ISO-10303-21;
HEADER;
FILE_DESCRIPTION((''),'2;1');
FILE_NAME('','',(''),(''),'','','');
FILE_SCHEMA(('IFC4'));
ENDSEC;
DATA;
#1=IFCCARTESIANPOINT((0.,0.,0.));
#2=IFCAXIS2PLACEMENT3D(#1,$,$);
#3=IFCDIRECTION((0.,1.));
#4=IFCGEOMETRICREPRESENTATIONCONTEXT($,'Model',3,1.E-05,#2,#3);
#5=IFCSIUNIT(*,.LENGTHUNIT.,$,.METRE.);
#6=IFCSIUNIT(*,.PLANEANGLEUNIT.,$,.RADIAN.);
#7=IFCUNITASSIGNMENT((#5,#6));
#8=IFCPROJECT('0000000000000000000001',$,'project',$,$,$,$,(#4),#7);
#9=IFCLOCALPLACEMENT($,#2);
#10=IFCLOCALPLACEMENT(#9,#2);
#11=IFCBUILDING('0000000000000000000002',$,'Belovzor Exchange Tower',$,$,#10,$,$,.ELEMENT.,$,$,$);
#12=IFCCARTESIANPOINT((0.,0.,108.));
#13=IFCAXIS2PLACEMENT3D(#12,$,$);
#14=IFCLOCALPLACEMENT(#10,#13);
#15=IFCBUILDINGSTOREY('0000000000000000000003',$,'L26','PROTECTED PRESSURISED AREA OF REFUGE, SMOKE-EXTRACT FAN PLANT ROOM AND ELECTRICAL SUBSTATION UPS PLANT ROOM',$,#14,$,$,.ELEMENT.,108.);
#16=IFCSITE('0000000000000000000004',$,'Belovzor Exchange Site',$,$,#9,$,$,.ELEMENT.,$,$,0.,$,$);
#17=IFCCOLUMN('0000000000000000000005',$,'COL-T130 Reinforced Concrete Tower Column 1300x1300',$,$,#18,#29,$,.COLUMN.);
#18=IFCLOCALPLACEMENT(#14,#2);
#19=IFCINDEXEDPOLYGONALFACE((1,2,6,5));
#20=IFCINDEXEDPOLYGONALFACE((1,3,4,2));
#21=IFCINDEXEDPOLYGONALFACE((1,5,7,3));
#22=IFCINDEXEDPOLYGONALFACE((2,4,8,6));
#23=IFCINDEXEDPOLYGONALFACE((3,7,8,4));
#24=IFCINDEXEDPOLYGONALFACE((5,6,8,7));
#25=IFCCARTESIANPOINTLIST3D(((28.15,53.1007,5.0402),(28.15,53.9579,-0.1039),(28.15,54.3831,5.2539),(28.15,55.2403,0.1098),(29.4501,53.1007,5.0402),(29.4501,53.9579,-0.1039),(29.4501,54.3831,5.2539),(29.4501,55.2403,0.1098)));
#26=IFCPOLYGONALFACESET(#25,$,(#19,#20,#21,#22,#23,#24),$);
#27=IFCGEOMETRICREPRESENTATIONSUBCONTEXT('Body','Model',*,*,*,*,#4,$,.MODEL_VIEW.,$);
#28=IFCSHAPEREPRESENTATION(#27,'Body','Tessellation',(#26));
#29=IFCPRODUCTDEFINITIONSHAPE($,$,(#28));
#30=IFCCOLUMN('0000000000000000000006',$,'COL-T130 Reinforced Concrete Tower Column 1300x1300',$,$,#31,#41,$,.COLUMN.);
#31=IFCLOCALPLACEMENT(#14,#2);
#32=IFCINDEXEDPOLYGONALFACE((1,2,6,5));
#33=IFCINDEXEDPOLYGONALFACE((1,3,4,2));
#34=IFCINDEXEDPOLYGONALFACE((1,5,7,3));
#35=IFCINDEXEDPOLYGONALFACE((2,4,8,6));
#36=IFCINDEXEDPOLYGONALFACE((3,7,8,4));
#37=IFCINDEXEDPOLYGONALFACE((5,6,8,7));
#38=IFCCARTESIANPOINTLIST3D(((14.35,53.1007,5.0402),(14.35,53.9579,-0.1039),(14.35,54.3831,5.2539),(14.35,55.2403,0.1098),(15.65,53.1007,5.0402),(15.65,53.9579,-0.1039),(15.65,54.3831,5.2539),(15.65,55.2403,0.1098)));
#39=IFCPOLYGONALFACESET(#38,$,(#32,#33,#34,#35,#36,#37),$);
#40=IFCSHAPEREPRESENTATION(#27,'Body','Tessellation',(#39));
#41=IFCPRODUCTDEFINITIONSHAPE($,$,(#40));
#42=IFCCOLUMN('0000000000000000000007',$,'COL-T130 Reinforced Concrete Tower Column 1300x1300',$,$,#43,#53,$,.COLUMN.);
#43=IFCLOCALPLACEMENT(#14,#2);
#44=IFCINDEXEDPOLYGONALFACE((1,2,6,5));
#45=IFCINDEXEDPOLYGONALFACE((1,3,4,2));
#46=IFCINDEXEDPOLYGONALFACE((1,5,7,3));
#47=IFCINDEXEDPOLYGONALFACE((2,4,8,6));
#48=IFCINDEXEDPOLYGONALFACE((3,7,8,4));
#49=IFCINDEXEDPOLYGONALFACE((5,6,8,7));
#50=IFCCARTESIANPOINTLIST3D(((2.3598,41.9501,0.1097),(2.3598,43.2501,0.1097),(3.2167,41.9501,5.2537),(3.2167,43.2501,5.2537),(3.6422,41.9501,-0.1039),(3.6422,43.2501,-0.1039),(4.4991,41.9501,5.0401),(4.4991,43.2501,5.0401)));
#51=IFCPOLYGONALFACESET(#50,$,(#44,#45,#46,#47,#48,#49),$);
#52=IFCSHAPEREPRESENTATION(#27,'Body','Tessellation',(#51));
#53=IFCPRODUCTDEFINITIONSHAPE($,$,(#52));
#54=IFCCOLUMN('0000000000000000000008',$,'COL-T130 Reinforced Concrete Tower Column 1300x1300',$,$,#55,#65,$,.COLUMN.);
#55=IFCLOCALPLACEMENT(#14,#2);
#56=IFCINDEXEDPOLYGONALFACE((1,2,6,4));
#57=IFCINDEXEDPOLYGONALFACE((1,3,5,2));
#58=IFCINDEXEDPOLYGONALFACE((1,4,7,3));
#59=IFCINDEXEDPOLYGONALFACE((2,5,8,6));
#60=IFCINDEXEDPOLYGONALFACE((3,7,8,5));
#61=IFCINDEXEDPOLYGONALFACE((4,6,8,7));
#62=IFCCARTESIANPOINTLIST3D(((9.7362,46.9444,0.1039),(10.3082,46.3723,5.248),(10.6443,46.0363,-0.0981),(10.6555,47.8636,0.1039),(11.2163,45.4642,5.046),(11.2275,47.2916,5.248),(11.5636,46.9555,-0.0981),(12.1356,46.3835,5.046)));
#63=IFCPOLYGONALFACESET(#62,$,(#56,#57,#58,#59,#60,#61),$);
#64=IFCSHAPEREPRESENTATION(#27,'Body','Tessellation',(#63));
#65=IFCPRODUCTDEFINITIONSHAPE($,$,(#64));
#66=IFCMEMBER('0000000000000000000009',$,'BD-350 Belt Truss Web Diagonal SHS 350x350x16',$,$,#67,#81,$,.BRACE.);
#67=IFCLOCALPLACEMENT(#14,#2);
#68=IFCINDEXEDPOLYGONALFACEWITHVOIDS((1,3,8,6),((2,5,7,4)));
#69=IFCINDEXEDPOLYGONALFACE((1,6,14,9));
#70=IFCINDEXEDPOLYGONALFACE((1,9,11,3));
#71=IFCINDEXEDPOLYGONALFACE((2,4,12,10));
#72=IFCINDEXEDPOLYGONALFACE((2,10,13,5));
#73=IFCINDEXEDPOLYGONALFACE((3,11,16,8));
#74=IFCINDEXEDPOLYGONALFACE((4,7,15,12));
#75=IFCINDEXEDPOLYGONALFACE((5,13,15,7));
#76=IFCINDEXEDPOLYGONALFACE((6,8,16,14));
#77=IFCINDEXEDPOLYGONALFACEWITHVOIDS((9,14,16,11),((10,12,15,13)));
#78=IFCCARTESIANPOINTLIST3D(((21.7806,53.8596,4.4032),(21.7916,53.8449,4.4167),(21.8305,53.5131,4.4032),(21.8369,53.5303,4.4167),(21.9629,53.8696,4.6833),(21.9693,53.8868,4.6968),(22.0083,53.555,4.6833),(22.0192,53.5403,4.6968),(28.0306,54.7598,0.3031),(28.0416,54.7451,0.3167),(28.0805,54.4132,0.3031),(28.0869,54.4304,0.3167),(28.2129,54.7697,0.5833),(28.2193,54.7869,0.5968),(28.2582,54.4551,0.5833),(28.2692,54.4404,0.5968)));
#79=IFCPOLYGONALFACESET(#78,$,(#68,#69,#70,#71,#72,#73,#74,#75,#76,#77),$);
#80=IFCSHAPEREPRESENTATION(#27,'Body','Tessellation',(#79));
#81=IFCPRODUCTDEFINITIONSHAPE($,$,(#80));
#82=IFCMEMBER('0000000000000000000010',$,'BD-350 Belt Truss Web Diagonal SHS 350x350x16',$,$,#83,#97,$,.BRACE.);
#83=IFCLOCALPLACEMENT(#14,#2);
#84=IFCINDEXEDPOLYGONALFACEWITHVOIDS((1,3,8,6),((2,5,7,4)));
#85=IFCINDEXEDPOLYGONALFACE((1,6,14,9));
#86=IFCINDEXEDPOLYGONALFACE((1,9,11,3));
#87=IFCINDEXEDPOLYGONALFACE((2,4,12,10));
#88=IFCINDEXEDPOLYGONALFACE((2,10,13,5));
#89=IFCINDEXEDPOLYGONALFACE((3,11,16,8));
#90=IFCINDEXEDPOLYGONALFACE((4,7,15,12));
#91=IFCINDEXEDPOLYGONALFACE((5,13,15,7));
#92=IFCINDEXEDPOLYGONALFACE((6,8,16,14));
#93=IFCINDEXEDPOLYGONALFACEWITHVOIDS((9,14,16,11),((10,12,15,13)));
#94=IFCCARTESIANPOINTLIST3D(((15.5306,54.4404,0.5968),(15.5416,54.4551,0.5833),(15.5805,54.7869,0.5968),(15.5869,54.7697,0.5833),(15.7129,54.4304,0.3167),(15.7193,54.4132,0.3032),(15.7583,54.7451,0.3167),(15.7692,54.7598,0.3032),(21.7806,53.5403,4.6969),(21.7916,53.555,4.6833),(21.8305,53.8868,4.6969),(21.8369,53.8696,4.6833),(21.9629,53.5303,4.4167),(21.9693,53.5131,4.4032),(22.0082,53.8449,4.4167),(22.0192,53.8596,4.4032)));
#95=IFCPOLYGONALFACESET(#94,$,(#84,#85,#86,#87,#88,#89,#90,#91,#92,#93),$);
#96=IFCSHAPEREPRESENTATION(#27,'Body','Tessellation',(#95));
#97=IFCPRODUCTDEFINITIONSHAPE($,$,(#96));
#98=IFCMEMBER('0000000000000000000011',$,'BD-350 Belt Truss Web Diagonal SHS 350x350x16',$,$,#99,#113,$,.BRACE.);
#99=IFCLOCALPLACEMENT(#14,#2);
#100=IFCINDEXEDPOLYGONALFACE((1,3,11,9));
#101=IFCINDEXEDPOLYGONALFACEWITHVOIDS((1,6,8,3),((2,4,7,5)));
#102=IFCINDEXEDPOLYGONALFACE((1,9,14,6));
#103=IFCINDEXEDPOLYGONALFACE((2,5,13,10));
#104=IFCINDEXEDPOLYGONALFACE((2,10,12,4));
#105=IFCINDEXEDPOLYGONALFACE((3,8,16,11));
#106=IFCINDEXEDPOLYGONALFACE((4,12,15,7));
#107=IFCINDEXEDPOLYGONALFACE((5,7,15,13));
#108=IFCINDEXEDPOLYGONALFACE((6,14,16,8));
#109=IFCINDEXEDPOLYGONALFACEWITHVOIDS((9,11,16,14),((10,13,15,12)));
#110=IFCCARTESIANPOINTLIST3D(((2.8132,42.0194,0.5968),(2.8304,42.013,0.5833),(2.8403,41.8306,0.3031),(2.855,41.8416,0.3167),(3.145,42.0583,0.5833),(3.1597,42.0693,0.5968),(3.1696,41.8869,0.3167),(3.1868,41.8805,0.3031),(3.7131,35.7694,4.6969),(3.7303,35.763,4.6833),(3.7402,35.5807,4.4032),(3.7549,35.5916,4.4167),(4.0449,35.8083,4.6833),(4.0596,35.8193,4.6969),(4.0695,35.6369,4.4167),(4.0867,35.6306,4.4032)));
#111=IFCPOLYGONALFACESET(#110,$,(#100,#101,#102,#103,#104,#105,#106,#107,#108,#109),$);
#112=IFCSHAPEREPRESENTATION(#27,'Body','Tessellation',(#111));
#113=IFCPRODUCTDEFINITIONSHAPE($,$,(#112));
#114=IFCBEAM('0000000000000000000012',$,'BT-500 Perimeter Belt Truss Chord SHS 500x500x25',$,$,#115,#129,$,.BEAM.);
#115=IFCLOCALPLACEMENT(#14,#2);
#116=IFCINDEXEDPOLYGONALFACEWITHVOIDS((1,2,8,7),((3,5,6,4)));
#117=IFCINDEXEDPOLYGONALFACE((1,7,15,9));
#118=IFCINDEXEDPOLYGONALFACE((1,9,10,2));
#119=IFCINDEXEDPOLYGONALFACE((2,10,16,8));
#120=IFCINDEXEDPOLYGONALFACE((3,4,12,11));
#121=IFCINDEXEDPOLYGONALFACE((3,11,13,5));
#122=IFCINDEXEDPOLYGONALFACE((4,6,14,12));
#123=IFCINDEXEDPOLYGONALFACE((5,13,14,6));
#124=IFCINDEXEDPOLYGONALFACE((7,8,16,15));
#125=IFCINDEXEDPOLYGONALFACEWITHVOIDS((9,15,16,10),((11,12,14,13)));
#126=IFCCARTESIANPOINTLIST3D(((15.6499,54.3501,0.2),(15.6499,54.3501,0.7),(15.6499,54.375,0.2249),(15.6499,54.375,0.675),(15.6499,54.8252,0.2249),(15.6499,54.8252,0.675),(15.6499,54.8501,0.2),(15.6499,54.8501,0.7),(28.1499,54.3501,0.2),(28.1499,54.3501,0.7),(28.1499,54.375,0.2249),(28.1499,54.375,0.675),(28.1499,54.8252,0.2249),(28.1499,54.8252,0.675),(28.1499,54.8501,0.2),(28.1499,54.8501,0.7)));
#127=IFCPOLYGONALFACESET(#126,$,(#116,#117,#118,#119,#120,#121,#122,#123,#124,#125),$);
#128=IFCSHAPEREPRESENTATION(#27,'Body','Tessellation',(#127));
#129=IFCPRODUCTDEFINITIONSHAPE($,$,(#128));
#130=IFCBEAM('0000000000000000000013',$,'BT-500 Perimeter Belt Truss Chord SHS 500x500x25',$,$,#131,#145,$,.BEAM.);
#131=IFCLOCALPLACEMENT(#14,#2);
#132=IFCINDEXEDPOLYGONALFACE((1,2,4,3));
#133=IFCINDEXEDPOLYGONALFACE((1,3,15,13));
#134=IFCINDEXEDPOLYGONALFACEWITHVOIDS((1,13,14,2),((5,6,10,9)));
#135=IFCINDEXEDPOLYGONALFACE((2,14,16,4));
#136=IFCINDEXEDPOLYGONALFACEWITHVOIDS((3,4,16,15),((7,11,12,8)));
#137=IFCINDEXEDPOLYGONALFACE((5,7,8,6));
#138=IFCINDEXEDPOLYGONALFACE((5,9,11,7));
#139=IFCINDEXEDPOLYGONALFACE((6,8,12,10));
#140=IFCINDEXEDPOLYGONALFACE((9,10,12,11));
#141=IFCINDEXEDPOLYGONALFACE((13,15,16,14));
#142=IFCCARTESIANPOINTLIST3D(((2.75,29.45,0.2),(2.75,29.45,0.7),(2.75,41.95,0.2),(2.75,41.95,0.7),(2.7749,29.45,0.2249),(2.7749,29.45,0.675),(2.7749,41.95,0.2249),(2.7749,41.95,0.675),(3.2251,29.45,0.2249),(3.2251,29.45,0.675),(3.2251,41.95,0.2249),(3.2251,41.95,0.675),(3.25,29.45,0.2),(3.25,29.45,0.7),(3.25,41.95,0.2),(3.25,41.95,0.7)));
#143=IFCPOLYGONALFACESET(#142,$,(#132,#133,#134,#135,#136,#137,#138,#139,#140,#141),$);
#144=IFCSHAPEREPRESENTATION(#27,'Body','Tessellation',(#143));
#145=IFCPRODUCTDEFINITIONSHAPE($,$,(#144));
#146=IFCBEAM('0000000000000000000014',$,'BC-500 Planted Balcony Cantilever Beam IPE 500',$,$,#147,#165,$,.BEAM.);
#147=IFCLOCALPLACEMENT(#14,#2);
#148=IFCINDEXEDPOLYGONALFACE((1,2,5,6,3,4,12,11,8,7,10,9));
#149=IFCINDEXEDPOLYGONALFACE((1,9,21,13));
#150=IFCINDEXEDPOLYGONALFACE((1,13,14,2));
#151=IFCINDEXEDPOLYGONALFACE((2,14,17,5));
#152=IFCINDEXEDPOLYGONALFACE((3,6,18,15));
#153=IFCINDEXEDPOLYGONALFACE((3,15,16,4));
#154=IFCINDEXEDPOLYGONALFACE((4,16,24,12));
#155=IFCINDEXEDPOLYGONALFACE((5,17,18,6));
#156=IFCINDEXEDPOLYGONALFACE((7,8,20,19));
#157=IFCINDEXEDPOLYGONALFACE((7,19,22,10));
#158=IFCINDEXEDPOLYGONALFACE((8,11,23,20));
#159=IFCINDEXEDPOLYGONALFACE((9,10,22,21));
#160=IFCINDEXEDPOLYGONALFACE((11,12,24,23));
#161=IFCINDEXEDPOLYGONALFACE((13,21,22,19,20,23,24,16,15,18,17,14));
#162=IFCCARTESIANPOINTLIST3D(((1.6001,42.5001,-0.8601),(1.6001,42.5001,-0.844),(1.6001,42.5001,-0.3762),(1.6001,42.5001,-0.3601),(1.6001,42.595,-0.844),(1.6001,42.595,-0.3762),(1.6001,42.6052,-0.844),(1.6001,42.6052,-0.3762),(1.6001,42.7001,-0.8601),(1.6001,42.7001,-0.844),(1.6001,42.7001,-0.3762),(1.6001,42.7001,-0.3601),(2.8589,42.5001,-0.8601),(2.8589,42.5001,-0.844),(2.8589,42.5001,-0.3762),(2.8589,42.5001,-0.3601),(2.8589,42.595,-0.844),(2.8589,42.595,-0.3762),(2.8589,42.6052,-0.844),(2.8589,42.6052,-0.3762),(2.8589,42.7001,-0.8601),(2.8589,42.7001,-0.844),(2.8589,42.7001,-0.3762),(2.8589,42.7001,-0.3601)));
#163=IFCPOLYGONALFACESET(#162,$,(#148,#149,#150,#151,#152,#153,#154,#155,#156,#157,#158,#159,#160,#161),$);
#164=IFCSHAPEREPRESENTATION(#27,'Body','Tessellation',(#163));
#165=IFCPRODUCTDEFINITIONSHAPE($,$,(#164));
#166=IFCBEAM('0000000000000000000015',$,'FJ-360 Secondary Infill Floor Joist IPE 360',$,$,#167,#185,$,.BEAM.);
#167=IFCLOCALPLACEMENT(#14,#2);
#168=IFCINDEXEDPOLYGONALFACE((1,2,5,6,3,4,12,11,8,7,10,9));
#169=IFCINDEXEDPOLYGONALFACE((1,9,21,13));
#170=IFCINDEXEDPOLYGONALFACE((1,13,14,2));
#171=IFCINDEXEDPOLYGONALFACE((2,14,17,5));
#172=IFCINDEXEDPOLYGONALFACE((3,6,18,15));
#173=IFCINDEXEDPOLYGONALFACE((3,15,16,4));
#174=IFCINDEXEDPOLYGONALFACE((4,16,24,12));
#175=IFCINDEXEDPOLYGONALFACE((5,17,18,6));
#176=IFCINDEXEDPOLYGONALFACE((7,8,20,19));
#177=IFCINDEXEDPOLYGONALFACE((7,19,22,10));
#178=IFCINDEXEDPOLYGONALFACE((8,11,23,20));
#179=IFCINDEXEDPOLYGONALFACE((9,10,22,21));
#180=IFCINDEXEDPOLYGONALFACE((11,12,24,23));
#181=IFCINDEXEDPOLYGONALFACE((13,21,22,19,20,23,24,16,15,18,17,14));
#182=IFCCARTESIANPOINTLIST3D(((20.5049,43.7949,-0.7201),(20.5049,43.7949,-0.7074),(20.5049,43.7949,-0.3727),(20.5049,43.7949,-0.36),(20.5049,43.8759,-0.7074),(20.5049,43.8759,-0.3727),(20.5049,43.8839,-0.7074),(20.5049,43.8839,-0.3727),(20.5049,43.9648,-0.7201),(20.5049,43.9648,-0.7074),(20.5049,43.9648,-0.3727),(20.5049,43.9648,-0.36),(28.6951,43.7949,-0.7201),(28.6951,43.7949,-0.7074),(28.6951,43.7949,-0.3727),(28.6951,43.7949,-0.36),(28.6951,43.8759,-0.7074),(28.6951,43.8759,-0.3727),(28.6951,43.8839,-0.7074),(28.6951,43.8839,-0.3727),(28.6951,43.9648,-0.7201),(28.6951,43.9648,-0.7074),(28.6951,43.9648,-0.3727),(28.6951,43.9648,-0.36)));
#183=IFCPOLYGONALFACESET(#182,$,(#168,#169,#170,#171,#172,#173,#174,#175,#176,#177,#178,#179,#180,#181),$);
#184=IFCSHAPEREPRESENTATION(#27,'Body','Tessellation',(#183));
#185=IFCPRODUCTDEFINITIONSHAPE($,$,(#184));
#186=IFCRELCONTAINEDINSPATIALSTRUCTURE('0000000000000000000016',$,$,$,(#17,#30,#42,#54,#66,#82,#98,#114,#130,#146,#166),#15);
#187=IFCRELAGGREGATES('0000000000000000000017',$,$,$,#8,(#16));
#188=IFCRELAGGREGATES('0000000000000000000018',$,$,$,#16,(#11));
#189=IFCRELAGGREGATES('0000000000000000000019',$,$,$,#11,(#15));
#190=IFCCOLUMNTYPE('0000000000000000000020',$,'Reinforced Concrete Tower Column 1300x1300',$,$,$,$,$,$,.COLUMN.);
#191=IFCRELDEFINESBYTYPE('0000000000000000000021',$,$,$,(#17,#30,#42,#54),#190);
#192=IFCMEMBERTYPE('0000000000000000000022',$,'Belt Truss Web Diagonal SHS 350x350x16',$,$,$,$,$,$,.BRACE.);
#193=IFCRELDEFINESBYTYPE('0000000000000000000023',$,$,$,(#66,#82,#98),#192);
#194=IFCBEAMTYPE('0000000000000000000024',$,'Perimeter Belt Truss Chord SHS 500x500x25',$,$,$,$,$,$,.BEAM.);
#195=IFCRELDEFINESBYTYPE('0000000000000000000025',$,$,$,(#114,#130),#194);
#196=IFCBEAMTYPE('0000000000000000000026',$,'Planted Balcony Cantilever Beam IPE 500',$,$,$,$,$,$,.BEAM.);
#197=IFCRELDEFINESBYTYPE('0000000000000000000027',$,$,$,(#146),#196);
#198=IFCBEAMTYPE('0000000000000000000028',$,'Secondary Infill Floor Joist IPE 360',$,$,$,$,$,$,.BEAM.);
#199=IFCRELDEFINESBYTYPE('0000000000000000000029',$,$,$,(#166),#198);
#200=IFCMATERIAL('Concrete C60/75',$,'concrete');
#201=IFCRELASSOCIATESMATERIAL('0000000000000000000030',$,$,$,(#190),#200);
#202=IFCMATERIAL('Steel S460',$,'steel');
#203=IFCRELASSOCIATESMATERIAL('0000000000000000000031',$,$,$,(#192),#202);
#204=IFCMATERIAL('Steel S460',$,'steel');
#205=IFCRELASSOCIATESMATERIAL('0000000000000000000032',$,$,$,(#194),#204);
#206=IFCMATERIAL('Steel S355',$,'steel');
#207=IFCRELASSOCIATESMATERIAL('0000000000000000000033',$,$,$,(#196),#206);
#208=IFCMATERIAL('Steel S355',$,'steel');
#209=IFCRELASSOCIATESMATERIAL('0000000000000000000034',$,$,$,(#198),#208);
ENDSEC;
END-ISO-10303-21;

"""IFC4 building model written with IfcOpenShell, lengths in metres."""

from ifc_helpers import new_model, si_unit, direction, frame, origin, origin_2d, place, context, subcontext, project, spatial, rectangle, hollow_rectangle, i_section, extrude, material, material_profile, profile_set, type_object, element, save


model = new_model("IFC4")

# Units and contexts
model_context = context("Model", 3, precision=1e-05, world=origin(), true_north=direction((0.0, 1.0)))
body_context = subcontext(model_context, "Body", "Model", "MODEL_VIEW")
ifc_project = project(units=[si_unit("LENGTHUNIT", "METRE"), si_unit("PLANEANGLEUNIT", "RADIAN")], contexts=[model_context])

# Site, building, storey
site_placement = place(None, origin())
site = spatial("IfcSite", under=ifc_project, at=site_placement, Name="Belovzor Exchange Site", CompositionType="ELEMENT", RefElevation=0.0)
building_placement = place(site_placement, origin())
building = spatial("IfcBuilding", under=site, at=building_placement, Name="Belovzor Exchange Tower", CompositionType="ELEMENT")
storey_placement = place(building_placement, frame((0.0, 0.0, 108.0)))
storey = spatial("IfcBuildingStorey", under=building, at=storey_placement, Name="L26", Description="PROTECTED PRESSURISED AREA OF REFUGE, SMOKE-EXTRACT FAN PLANT ROOM AND ELECTRICAL SUBSTATION UPS PLANT ROOM", CompositionType="ELEMENT", Elevation=108.0)

# Columns
ifc_material_1 = material(Name="Concrete C60/75", Category="concrete")
ifc_material_profile_1 = material_profile(ifc_material_1, rectangle(XDim=1.3, YDim=1.3, at=origin_2d()))
ifc_profile_set_1 = profile_set([ifc_material_profile_1], Name="Concrete C60/75")
column_type = type_object("IfcColumnType", Name="Reinforced Concrete Tower Column 1300x1300", PredefinedType="COLUMN", material=ifc_profile_set_1)
for number, where, z_axis, x_axis, name in (
    (1, (28.8, 54.5991, 0.0029), (0.0, -0.164369, 0.986399), (1.0, 0.0, 0.0), "COL-T130 Reinforced Concrete Tower Column 1300x1300"),
    (2, (15.0, 54.5991, 0.0029), (0.0, -0.164369, 0.986399), (1.0, 0.0, 0.0), "COL-T130 Reinforced Concrete Tower Column 1300x1300"),
):
    element("IfcColumn", number, at=place(storey_placement, frame(where, z_axis=z_axis, x_axis=x_axis)), inside=storey, type_object=column_type, Name=name, PredefinedType="COLUMN", context=body_context, shape_type="SweptSolid", body=[
        extrude(rectangle(XDim=1.3, YDim=1.3, at=origin_2d()), origin(), (0.0, 0.0, 1.0), 5.2151),
    ])
column_1_placement = place(storey_placement, frame((3.001, 42.6001, 0.0029), z_axis=(0.164323, 0.0, 0.986407), x_axis=(0.0, 1.0, 0.0)))
element("IfcColumn", 3, at=column_1_placement, inside=storey, type_object=column_type, Name="COL-T130 Reinforced Concrete Tower Column 1300x1300", PredefinedType="COLUMN", context=body_context, shape_type="SweptSolid", body=[
    extrude(rectangle(XDim=1.3, YDim=1.3, at=origin_2d()), origin(), (0.0, 0.0, 1.0), 5.2148),
])
column_2_placement = place(storey_placement, frame((10.6499, 46.95, 0.0029), z_axis=(0.109851, -0.109851, 0.987859), x_axis=(0.707107, 0.707107, 0.0)))
element("IfcColumn", 4, at=column_2_placement, inside=storey, type_object=column_type, Name="COL-T130 Reinforced Concrete Tower Column 1300x1300", PredefinedType="COLUMN", context=body_context, shape_type="SweptSolid", body=[
    extrude(rectangle(XDim=1.3, YDim=1.3, at=origin_2d()), origin(), (0.0, 0.0, 1.0), 5.2073),
])

# Members
ifc_material_2 = material(Name="Steel S460", Category="steel")
ifc_material_profile_2 = material_profile(ifc_material_2, hollow_rectangle(XDim=0.3501, YDim=0.3501, WallThickness=0.0161, at=origin_2d()))
ifc_profile_set_2 = profile_set([ifc_material_profile_2], Name="Steel S460")
member_type_1 = type_object("IfcMemberType", Name="Belt Truss Web Diagonal SHS 350x350x16", PredefinedType="BRACE", material=ifc_profile_set_2)
for number, where, z_axis, x_axis, name in (
    (5, (28.1499, 54.6001, 0.45), (-0.83014, -0.11956, 0.544585), (0.142553, -0.989787, 0.0), "BD-350 Belt Truss Web Diagonal SHS 350x350x16"),
    (6, (21.8999, 53.7, 4.55), (-0.83014, 0.11956, -0.544585), (-0.142553, -0.989787, 0.0), "BD-350 Belt Truss Web Diagonal SHS 350x350x16"),
    (7, (3.0, 41.95, 0.45), (0.119528, -0.830143, 0.544587), (0.989793, 0.142515, 0.0), "BD-350 Belt Truss Web Diagonal SHS 350x350x16"),
):
    element("IfcMember", number, at=place(storey_placement, frame(where, z_axis=z_axis, x_axis=x_axis)), inside=storey, type_object=member_type_1, Name=name, PredefinedType="BRACE", context=body_context, shape_type="SweptSolid", body=[
        extrude(hollow_rectangle(XDim=0.3501, YDim=0.3501, WallThickness=0.0161, at=origin_2d()), origin(), (0.0, 0.0, 1.0), 7.5288),
    ])

# Beams
ifc_material_3 = material(Name="Steel S460", Category="steel")
ifc_material_profile_3 = material_profile(ifc_material_3, hollow_rectangle(XDim=0.5, YDim=0.5, WallThickness=0.0249, at=origin_2d()))
ifc_profile_set_3 = profile_set([ifc_material_profile_3], Name="Steel S460")
beam_type_1 = type_object("IfcBeamType", Name="Perimeter Belt Truss Chord SHS 500x500x25", PredefinedType="BEAM", material=ifc_profile_set_3)
for number, where, z_axis, x_axis, name in (
    (8, (28.1499, 54.6001, 0.45), (-1.0, 0.0, 0.0), (0.0, -1.0, 0.0), "BT-500 Perimeter Belt Truss Chord SHS 500x500x25"),
    (9, (3.0, 41.95, 0.45), (0.0, -1.0, 0.0), (1.0, 0.0, 0.0), "BT-500 Perimeter Belt Truss Chord SHS 500x500x25"),
):
    element("IfcBeam", number, at=place(storey_placement, frame(where, z_axis=z_axis, x_axis=x_axis)), inside=storey, type_object=beam_type_1, Name=name, PredefinedType="BEAM", context=body_context, shape_type="SweptSolid", body=[
        extrude(hollow_rectangle(XDim=0.5, YDim=0.5, WallThickness=0.0249, at=origin_2d()), origin(), (0.0, 0.0, 1.0), 12.5),
    ])
ifc_material_4 = material(Name="Steel S355", Category="steel")
ifc_material_profile_4 = material_profile(ifc_material_4, i_section(OverallWidth=0.2, OverallDepth=0.5, WebThickness=0.0103, FlangeThickness=0.0161, at=origin_2d()))
ifc_profile_set_4 = profile_set([ifc_material_profile_4], Name="Steel S355")
beam_type_2 = type_object("IfcBeamType", Name="Planted Balcony Cantilever Beam IPE 500", PredefinedType="BEAM", material=ifc_profile_set_4)
beam_1_placement = place(storey_placement, frame((2.8589, 42.6001, -0.6101), z_axis=(-1.0, 0.0, 0.0), x_axis=(0.0, -1.0, 0.0)))
element("IfcBeam", 10, at=beam_1_placement, inside=storey, type_object=beam_type_2, Name="BC-500 Planted Balcony Cantilever Beam IPE 500", PredefinedType="BEAM", context=body_context, shape_type="SweptSolid", body=[
    extrude(i_section(OverallWidth=0.2, OverallDepth=0.5, WebThickness=0.0103, FlangeThickness=0.0161, at=origin_2d()), origin(), (0.0, 0.0, 1.0), 1.2588),
])
ifc_material_5 = material(Name="Steel S355", Category="steel")
ifc_material_profile_5 = material_profile(ifc_material_5, i_section(OverallWidth=0.1699, OverallDepth=0.3601, WebThickness=0.0081, FlangeThickness=0.0127, at=origin_2d()))
ifc_profile_set_5 = profile_set([ifc_material_profile_5], Name="Steel S355")
beam_type_3 = type_object("IfcBeamType", Name="Secondary Infill Floor Joist IPE 360", PredefinedType="BEAM", material=ifc_profile_set_5)
beam_2_placement = place(storey_placement, frame((20.5049, 43.8799, -0.54), z_axis=(1.0, 0.0, 0.0), x_axis=(0.0, 1.0, 0.0)))
element("IfcBeam", 11, at=beam_2_placement, inside=storey, type_object=beam_type_3, Name="FJ-360 Secondary Infill Floor Joist IPE 360", PredefinedType="BEAM", context=body_context, shape_type="SweptSolid", body=[
    extrude(i_section(OverallWidth=0.1699, OverallDepth=0.3601, WebThickness=0.0081, FlangeThickness=0.0127, at=origin_2d()), origin(), (0.0, 0.0, 1.0), 8.1902),
])

save(model, "model.ifc")
